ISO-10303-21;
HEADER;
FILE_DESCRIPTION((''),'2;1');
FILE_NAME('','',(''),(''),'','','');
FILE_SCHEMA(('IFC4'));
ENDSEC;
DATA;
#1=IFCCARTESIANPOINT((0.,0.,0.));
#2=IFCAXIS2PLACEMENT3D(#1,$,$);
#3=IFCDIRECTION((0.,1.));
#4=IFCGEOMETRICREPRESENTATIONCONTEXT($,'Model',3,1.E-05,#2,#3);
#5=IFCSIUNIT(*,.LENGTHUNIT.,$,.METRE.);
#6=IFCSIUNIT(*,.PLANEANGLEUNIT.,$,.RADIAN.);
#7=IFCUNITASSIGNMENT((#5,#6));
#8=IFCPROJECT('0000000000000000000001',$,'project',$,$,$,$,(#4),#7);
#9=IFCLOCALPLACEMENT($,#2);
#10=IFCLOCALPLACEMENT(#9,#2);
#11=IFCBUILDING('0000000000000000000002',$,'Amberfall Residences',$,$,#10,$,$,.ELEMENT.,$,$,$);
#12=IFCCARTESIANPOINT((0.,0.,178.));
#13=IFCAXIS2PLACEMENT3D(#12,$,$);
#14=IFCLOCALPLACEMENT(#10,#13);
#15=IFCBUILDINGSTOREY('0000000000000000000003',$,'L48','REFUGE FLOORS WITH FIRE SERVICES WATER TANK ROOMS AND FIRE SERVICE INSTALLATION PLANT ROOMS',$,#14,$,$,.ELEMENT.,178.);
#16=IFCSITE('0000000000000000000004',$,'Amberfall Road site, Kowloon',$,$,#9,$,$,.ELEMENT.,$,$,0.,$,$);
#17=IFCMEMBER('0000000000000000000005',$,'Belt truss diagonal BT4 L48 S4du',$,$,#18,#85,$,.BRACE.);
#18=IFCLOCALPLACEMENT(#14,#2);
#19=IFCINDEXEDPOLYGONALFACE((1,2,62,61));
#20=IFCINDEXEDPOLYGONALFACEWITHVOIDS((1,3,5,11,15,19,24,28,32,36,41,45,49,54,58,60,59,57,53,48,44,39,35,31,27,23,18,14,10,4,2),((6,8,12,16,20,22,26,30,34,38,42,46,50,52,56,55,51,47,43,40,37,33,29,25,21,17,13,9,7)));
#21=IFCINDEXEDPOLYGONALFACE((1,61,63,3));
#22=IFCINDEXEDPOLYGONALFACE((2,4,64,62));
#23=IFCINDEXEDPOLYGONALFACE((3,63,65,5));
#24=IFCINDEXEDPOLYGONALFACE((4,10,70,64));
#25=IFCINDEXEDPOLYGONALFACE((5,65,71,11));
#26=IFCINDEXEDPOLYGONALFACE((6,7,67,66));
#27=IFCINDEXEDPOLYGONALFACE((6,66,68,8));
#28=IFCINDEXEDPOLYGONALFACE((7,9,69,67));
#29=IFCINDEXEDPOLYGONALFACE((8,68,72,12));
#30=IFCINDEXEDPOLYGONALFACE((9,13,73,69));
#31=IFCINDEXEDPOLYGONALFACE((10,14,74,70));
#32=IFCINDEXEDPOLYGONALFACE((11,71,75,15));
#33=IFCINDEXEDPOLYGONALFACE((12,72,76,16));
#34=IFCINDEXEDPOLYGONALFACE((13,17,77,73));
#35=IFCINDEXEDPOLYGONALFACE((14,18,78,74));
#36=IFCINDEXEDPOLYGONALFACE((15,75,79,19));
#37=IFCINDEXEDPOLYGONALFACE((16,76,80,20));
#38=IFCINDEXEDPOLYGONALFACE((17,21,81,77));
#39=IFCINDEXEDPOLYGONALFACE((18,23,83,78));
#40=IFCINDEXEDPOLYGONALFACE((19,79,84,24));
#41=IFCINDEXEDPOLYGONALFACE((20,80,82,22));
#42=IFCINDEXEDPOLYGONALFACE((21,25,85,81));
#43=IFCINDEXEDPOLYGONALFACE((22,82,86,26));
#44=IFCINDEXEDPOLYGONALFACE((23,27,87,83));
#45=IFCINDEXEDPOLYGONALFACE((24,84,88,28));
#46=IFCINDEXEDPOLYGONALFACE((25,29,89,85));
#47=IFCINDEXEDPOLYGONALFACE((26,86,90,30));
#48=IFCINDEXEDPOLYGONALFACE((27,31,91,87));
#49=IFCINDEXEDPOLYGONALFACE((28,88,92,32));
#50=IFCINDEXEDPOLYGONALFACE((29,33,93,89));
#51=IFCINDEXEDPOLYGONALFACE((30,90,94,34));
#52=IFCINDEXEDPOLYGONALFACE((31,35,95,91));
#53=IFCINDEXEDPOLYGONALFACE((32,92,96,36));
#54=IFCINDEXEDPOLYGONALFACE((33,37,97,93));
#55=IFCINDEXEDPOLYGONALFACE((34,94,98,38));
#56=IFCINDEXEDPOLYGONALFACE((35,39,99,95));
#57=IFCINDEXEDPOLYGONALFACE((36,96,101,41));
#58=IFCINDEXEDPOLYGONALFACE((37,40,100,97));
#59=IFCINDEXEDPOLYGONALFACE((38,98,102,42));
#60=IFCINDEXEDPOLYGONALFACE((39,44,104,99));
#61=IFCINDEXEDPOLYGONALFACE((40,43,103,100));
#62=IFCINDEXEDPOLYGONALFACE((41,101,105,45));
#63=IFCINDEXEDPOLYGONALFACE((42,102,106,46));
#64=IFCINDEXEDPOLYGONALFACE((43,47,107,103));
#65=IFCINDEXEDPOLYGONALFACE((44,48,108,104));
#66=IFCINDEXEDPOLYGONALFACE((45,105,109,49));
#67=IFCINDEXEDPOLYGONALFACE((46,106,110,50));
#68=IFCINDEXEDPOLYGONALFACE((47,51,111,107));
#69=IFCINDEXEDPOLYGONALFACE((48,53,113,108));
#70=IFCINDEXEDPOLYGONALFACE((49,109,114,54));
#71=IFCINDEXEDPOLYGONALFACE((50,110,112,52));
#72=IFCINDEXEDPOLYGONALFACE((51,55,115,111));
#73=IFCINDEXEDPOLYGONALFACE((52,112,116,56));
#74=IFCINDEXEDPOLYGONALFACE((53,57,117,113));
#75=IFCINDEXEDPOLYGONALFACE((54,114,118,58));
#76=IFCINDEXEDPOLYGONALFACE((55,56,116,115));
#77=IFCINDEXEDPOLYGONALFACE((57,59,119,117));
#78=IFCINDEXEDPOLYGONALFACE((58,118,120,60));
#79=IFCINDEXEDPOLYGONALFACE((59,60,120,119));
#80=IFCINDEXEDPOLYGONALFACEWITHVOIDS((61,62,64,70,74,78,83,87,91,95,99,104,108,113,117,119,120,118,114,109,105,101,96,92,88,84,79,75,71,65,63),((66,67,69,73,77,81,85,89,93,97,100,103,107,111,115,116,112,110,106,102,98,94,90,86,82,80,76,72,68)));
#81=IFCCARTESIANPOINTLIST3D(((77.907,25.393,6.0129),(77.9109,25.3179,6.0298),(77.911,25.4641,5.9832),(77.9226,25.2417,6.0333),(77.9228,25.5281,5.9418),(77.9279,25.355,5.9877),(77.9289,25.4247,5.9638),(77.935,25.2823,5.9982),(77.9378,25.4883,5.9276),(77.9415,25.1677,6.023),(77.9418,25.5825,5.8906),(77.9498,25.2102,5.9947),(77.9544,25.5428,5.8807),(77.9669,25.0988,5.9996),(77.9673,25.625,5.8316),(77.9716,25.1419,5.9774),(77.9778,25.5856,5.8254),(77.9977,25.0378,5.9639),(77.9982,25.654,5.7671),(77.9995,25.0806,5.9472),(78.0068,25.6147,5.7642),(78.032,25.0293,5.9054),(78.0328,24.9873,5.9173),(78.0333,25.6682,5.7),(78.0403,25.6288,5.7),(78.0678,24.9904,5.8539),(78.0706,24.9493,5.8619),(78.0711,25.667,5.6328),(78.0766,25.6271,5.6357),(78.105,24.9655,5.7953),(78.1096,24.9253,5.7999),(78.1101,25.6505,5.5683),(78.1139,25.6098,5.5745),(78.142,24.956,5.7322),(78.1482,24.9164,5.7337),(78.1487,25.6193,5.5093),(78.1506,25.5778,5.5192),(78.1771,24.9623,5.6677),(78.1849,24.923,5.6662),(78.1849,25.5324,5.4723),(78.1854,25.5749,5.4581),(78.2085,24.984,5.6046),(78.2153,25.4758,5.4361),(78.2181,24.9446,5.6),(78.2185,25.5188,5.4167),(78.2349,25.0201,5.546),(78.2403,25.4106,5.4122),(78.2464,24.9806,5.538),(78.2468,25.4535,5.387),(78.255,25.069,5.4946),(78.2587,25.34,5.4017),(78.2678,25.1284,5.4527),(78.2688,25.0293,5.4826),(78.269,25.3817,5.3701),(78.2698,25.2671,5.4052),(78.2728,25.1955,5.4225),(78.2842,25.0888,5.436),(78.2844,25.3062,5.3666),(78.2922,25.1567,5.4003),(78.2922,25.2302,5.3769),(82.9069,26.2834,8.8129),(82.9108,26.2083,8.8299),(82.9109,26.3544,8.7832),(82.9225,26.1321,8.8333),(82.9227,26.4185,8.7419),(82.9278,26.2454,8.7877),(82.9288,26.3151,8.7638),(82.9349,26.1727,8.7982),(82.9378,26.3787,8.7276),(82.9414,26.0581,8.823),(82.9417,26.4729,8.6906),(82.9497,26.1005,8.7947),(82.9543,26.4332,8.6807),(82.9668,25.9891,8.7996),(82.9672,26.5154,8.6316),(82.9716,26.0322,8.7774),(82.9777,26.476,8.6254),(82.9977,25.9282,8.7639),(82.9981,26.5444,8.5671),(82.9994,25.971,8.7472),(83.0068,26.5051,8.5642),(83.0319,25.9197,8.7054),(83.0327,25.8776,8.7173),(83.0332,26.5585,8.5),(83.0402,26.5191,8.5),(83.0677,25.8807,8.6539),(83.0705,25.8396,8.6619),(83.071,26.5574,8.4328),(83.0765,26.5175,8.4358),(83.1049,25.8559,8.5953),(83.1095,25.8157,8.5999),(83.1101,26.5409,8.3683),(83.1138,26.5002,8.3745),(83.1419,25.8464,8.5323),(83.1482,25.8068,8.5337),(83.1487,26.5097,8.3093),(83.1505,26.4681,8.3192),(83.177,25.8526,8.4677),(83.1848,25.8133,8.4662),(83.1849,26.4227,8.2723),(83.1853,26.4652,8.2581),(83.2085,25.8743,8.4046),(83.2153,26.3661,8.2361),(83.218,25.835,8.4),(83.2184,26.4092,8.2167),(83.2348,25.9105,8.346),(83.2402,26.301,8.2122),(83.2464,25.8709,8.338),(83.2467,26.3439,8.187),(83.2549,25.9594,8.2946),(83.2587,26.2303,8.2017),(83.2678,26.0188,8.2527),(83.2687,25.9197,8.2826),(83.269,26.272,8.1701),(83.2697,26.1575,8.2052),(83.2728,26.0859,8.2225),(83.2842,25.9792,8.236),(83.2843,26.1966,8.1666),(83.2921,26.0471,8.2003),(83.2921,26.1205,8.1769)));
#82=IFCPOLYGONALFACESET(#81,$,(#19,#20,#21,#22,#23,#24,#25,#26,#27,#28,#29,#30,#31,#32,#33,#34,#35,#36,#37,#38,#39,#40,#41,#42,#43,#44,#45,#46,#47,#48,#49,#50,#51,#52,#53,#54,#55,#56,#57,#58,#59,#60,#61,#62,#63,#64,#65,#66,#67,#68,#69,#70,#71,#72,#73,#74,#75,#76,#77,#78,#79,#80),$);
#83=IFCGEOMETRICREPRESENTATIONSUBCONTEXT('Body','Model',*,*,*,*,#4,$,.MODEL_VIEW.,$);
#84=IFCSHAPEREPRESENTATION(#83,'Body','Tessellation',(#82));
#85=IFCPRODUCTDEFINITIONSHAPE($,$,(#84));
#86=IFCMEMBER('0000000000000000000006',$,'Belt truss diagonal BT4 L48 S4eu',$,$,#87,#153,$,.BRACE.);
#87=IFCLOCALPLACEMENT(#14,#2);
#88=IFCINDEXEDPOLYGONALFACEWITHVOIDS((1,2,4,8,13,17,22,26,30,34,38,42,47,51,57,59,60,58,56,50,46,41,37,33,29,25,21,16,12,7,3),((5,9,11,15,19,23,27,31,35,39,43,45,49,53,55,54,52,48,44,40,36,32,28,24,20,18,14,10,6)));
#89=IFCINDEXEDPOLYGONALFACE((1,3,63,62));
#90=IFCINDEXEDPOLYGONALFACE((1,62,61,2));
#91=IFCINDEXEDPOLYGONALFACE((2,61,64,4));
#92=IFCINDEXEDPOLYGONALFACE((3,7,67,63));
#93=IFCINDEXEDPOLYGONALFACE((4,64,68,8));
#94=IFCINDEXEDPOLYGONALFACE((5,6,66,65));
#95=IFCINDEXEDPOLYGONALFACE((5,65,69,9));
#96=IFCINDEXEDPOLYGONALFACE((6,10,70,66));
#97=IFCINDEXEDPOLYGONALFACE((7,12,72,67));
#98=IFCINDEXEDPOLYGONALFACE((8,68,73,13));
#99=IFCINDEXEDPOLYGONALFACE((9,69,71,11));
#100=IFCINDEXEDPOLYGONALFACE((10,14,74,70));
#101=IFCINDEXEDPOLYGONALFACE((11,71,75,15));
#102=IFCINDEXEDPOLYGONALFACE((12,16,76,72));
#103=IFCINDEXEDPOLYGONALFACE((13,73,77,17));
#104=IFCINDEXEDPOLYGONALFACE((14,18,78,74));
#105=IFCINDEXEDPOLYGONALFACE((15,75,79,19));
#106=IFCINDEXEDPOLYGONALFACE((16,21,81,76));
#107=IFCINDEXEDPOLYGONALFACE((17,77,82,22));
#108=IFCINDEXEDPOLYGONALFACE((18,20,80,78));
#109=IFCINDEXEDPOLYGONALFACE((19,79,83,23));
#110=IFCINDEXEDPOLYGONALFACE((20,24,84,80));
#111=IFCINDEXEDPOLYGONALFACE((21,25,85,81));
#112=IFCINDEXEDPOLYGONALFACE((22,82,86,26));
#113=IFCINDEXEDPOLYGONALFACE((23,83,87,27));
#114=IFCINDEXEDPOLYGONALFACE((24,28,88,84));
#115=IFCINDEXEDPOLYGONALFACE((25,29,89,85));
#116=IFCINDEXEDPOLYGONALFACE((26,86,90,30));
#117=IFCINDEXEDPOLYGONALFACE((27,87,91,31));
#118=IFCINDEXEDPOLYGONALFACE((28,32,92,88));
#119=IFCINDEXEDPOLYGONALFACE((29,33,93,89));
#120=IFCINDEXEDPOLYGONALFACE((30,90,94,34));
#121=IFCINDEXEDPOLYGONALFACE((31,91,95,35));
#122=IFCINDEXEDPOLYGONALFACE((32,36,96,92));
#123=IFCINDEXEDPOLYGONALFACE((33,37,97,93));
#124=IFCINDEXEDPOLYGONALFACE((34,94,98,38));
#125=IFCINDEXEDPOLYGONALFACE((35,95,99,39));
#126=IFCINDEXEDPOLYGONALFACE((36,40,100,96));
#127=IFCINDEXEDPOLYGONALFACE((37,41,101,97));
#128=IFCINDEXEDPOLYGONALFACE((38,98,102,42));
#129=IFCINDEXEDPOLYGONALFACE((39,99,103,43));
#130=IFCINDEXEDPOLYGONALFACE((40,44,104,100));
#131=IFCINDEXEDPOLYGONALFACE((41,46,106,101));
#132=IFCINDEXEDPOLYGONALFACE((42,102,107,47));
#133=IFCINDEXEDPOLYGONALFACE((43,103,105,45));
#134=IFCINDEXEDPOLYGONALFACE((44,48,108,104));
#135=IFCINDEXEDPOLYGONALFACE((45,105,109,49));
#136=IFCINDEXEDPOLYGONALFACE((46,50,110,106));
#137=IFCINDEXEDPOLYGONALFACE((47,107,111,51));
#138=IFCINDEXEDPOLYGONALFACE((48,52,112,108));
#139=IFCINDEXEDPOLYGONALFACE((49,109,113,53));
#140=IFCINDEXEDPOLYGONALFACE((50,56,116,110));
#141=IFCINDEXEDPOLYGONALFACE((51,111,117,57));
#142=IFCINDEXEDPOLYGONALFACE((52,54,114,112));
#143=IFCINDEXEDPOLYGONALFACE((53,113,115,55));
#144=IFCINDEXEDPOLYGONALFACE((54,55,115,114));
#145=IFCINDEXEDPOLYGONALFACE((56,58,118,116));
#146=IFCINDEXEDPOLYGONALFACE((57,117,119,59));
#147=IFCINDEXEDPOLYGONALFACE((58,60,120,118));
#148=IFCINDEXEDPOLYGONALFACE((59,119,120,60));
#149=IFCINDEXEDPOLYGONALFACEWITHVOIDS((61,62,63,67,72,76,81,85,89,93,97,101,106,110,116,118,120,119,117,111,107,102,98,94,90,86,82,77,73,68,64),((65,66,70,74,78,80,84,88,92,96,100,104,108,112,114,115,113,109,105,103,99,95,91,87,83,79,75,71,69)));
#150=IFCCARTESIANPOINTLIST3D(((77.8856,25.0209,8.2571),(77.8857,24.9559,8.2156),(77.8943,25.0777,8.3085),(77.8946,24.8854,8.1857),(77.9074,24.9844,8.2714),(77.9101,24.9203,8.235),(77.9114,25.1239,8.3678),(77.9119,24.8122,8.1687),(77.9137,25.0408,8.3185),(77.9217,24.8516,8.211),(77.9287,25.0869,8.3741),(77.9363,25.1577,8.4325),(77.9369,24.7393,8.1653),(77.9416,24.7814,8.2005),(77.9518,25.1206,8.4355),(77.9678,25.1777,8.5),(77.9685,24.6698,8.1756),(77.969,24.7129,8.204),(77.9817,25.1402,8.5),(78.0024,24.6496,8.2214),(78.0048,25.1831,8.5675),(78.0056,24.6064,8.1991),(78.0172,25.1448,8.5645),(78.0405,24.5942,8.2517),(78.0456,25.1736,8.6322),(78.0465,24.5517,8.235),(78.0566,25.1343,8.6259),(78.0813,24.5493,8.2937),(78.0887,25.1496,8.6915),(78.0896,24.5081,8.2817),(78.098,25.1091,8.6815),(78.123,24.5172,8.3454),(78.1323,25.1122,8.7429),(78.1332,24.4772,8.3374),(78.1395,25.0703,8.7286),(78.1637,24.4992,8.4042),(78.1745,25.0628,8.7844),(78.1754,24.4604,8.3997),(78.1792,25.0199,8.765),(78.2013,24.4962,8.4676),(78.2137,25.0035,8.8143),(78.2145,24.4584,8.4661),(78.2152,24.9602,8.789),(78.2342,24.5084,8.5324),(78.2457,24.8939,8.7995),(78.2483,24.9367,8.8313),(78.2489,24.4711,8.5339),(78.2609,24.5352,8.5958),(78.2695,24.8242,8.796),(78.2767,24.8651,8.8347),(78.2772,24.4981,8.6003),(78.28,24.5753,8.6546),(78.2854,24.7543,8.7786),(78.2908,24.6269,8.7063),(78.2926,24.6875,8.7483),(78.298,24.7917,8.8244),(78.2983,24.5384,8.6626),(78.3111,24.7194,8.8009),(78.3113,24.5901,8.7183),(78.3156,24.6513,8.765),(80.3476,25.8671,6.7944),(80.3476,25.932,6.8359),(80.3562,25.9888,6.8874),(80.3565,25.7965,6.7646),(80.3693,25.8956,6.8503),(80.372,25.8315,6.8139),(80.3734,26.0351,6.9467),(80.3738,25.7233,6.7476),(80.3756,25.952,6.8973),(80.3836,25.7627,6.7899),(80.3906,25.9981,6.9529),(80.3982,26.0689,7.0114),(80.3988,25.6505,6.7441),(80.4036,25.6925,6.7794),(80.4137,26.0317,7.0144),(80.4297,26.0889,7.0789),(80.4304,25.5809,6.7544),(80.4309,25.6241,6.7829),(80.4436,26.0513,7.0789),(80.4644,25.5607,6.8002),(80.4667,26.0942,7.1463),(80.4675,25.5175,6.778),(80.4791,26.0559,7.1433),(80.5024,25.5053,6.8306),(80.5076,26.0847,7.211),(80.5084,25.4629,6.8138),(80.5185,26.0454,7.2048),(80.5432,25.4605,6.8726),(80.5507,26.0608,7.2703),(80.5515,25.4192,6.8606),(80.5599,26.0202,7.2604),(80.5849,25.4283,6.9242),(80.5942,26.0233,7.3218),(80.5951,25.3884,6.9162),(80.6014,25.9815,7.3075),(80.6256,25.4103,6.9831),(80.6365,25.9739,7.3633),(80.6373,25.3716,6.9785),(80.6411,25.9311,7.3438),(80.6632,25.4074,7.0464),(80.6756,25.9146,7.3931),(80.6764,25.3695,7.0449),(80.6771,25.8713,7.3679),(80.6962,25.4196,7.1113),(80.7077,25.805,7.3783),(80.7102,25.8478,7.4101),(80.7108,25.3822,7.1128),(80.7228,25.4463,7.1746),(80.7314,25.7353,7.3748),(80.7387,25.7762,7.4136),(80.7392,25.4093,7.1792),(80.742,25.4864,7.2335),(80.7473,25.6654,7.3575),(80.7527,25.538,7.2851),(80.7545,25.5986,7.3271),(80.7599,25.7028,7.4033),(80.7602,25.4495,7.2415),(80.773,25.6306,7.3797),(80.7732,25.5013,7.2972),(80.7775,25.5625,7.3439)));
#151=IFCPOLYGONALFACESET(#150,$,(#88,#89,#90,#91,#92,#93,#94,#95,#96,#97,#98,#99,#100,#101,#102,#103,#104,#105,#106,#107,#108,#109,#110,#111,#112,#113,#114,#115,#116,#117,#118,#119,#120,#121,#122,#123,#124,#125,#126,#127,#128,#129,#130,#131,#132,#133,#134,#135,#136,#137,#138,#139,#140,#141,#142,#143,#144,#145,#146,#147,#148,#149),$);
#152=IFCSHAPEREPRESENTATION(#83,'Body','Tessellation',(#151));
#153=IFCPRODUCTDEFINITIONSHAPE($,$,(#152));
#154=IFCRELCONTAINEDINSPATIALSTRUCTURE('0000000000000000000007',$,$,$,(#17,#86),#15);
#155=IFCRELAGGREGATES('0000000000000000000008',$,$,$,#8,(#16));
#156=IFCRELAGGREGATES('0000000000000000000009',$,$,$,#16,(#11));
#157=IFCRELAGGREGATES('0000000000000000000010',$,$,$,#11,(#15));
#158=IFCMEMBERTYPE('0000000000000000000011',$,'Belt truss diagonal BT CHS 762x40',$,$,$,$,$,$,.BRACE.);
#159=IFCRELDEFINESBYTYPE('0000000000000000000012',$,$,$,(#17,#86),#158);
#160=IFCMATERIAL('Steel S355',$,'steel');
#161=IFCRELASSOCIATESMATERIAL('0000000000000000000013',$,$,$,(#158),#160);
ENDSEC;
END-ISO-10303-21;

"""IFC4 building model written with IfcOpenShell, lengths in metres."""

from ifc_helpers import new_model, si_unit, direction, frame, origin, origin_2d, place, context, subcontext, project, spatial, hollow_circle, extrude, material, material_profile, profile_set, type_object, element, save


model = new_model("IFC4")

# Units and contexts
model_context = context("Model", 3, precision=1e-05, world=origin(), true_north=direction((0.0, 1.0)))
body_context = subcontext(model_context, "Body", "Model", "MODEL_VIEW")
ifc_project = project(units=[si_unit("LENGTHUNIT", "METRE"), si_unit("PLANEANGLEUNIT", "RADIAN")], contexts=[model_context])

# Site, building, storey
site_placement = place(None, origin())
site = spatial("IfcSite", under=ifc_project, at=site_placement, Name="Amberfall Road site, Kowloon", CompositionType="ELEMENT", RefElevation=0.0)
building_placement = place(site_placement, origin())
building = spatial("IfcBuilding", under=site, at=building_placement, Name="Amberfall Residences", CompositionType="ELEMENT")
storey_placement = place(building_placement, frame((0.0, 0.0, 178.0)))
storey = spatial("IfcBuildingStorey", under=building, at=storey_placement, Name="L48", Description="REFUGE FLOORS WITH FIRE SERVICES WATER TANK ROOMS AND FIRE SERVICE INSTALLATION PLANT ROOMS", CompositionType="ELEMENT", Elevation=178.0)

# Shared definitions
ifc_material_1 = material(Name="Steel S355", Category="steel")

# Members
ifc_material_profile_1 = material_profile(ifc_material_1, hollow_circle(Radius=0.3811, WallThickness=0.04, at=origin_2d()), Name="CHS 762x40")
ifc_profile_set_1 = profile_set([ifc_material_profile_1], Name="Steel S355")
member_type_1 = type_object("IfcMemberType", Name="Belt truss diagonal BT CHS 762x40", PredefinedType="BRACE", material=ifc_profile_set_1)
member_1_placement = place(storey_placement, frame((78.1001, 25.293, 5.7), z_axis=(0.862158, 0.15353, 0.482817), x_axis=(-0.175318, 0.984512, 0.0)))
element("IfcMember", 1, at=member_1_placement, inside=storey, type_object=member_type_1, Name="Belt truss diagonal BT4 L48 S4du", PredefinedType="BRACE", context=body_context, shape_type="SweptSolid", body=[
    extrude(hollow_circle(Radius=0.3811, WallThickness=0.04, at=origin_2d()), origin(), (0.0, 0.0, 1.0), 5.7993),
])
member_2_placement = place(storey_placement, frame((78.1001, 24.8203, 8.5), z_axis=(0.824734, 0.305227, -0.476079), x_axis=(-0.347084, 0.937834, 0.0)))
element("IfcMember", 2, at=member_2_placement, inside=storey, type_object=member_type_1, Name="Belt truss diagonal BT4 L48 S4eu", PredefinedType="BRACE", context=body_context, shape_type="SweptSolid", body=[
    extrude(hollow_circle(Radius=0.3811, WallThickness=0.04, at=origin_2d()), origin(), (0.0, 0.0, 1.0), 2.9851),
])

save(model, "model.ifc")
